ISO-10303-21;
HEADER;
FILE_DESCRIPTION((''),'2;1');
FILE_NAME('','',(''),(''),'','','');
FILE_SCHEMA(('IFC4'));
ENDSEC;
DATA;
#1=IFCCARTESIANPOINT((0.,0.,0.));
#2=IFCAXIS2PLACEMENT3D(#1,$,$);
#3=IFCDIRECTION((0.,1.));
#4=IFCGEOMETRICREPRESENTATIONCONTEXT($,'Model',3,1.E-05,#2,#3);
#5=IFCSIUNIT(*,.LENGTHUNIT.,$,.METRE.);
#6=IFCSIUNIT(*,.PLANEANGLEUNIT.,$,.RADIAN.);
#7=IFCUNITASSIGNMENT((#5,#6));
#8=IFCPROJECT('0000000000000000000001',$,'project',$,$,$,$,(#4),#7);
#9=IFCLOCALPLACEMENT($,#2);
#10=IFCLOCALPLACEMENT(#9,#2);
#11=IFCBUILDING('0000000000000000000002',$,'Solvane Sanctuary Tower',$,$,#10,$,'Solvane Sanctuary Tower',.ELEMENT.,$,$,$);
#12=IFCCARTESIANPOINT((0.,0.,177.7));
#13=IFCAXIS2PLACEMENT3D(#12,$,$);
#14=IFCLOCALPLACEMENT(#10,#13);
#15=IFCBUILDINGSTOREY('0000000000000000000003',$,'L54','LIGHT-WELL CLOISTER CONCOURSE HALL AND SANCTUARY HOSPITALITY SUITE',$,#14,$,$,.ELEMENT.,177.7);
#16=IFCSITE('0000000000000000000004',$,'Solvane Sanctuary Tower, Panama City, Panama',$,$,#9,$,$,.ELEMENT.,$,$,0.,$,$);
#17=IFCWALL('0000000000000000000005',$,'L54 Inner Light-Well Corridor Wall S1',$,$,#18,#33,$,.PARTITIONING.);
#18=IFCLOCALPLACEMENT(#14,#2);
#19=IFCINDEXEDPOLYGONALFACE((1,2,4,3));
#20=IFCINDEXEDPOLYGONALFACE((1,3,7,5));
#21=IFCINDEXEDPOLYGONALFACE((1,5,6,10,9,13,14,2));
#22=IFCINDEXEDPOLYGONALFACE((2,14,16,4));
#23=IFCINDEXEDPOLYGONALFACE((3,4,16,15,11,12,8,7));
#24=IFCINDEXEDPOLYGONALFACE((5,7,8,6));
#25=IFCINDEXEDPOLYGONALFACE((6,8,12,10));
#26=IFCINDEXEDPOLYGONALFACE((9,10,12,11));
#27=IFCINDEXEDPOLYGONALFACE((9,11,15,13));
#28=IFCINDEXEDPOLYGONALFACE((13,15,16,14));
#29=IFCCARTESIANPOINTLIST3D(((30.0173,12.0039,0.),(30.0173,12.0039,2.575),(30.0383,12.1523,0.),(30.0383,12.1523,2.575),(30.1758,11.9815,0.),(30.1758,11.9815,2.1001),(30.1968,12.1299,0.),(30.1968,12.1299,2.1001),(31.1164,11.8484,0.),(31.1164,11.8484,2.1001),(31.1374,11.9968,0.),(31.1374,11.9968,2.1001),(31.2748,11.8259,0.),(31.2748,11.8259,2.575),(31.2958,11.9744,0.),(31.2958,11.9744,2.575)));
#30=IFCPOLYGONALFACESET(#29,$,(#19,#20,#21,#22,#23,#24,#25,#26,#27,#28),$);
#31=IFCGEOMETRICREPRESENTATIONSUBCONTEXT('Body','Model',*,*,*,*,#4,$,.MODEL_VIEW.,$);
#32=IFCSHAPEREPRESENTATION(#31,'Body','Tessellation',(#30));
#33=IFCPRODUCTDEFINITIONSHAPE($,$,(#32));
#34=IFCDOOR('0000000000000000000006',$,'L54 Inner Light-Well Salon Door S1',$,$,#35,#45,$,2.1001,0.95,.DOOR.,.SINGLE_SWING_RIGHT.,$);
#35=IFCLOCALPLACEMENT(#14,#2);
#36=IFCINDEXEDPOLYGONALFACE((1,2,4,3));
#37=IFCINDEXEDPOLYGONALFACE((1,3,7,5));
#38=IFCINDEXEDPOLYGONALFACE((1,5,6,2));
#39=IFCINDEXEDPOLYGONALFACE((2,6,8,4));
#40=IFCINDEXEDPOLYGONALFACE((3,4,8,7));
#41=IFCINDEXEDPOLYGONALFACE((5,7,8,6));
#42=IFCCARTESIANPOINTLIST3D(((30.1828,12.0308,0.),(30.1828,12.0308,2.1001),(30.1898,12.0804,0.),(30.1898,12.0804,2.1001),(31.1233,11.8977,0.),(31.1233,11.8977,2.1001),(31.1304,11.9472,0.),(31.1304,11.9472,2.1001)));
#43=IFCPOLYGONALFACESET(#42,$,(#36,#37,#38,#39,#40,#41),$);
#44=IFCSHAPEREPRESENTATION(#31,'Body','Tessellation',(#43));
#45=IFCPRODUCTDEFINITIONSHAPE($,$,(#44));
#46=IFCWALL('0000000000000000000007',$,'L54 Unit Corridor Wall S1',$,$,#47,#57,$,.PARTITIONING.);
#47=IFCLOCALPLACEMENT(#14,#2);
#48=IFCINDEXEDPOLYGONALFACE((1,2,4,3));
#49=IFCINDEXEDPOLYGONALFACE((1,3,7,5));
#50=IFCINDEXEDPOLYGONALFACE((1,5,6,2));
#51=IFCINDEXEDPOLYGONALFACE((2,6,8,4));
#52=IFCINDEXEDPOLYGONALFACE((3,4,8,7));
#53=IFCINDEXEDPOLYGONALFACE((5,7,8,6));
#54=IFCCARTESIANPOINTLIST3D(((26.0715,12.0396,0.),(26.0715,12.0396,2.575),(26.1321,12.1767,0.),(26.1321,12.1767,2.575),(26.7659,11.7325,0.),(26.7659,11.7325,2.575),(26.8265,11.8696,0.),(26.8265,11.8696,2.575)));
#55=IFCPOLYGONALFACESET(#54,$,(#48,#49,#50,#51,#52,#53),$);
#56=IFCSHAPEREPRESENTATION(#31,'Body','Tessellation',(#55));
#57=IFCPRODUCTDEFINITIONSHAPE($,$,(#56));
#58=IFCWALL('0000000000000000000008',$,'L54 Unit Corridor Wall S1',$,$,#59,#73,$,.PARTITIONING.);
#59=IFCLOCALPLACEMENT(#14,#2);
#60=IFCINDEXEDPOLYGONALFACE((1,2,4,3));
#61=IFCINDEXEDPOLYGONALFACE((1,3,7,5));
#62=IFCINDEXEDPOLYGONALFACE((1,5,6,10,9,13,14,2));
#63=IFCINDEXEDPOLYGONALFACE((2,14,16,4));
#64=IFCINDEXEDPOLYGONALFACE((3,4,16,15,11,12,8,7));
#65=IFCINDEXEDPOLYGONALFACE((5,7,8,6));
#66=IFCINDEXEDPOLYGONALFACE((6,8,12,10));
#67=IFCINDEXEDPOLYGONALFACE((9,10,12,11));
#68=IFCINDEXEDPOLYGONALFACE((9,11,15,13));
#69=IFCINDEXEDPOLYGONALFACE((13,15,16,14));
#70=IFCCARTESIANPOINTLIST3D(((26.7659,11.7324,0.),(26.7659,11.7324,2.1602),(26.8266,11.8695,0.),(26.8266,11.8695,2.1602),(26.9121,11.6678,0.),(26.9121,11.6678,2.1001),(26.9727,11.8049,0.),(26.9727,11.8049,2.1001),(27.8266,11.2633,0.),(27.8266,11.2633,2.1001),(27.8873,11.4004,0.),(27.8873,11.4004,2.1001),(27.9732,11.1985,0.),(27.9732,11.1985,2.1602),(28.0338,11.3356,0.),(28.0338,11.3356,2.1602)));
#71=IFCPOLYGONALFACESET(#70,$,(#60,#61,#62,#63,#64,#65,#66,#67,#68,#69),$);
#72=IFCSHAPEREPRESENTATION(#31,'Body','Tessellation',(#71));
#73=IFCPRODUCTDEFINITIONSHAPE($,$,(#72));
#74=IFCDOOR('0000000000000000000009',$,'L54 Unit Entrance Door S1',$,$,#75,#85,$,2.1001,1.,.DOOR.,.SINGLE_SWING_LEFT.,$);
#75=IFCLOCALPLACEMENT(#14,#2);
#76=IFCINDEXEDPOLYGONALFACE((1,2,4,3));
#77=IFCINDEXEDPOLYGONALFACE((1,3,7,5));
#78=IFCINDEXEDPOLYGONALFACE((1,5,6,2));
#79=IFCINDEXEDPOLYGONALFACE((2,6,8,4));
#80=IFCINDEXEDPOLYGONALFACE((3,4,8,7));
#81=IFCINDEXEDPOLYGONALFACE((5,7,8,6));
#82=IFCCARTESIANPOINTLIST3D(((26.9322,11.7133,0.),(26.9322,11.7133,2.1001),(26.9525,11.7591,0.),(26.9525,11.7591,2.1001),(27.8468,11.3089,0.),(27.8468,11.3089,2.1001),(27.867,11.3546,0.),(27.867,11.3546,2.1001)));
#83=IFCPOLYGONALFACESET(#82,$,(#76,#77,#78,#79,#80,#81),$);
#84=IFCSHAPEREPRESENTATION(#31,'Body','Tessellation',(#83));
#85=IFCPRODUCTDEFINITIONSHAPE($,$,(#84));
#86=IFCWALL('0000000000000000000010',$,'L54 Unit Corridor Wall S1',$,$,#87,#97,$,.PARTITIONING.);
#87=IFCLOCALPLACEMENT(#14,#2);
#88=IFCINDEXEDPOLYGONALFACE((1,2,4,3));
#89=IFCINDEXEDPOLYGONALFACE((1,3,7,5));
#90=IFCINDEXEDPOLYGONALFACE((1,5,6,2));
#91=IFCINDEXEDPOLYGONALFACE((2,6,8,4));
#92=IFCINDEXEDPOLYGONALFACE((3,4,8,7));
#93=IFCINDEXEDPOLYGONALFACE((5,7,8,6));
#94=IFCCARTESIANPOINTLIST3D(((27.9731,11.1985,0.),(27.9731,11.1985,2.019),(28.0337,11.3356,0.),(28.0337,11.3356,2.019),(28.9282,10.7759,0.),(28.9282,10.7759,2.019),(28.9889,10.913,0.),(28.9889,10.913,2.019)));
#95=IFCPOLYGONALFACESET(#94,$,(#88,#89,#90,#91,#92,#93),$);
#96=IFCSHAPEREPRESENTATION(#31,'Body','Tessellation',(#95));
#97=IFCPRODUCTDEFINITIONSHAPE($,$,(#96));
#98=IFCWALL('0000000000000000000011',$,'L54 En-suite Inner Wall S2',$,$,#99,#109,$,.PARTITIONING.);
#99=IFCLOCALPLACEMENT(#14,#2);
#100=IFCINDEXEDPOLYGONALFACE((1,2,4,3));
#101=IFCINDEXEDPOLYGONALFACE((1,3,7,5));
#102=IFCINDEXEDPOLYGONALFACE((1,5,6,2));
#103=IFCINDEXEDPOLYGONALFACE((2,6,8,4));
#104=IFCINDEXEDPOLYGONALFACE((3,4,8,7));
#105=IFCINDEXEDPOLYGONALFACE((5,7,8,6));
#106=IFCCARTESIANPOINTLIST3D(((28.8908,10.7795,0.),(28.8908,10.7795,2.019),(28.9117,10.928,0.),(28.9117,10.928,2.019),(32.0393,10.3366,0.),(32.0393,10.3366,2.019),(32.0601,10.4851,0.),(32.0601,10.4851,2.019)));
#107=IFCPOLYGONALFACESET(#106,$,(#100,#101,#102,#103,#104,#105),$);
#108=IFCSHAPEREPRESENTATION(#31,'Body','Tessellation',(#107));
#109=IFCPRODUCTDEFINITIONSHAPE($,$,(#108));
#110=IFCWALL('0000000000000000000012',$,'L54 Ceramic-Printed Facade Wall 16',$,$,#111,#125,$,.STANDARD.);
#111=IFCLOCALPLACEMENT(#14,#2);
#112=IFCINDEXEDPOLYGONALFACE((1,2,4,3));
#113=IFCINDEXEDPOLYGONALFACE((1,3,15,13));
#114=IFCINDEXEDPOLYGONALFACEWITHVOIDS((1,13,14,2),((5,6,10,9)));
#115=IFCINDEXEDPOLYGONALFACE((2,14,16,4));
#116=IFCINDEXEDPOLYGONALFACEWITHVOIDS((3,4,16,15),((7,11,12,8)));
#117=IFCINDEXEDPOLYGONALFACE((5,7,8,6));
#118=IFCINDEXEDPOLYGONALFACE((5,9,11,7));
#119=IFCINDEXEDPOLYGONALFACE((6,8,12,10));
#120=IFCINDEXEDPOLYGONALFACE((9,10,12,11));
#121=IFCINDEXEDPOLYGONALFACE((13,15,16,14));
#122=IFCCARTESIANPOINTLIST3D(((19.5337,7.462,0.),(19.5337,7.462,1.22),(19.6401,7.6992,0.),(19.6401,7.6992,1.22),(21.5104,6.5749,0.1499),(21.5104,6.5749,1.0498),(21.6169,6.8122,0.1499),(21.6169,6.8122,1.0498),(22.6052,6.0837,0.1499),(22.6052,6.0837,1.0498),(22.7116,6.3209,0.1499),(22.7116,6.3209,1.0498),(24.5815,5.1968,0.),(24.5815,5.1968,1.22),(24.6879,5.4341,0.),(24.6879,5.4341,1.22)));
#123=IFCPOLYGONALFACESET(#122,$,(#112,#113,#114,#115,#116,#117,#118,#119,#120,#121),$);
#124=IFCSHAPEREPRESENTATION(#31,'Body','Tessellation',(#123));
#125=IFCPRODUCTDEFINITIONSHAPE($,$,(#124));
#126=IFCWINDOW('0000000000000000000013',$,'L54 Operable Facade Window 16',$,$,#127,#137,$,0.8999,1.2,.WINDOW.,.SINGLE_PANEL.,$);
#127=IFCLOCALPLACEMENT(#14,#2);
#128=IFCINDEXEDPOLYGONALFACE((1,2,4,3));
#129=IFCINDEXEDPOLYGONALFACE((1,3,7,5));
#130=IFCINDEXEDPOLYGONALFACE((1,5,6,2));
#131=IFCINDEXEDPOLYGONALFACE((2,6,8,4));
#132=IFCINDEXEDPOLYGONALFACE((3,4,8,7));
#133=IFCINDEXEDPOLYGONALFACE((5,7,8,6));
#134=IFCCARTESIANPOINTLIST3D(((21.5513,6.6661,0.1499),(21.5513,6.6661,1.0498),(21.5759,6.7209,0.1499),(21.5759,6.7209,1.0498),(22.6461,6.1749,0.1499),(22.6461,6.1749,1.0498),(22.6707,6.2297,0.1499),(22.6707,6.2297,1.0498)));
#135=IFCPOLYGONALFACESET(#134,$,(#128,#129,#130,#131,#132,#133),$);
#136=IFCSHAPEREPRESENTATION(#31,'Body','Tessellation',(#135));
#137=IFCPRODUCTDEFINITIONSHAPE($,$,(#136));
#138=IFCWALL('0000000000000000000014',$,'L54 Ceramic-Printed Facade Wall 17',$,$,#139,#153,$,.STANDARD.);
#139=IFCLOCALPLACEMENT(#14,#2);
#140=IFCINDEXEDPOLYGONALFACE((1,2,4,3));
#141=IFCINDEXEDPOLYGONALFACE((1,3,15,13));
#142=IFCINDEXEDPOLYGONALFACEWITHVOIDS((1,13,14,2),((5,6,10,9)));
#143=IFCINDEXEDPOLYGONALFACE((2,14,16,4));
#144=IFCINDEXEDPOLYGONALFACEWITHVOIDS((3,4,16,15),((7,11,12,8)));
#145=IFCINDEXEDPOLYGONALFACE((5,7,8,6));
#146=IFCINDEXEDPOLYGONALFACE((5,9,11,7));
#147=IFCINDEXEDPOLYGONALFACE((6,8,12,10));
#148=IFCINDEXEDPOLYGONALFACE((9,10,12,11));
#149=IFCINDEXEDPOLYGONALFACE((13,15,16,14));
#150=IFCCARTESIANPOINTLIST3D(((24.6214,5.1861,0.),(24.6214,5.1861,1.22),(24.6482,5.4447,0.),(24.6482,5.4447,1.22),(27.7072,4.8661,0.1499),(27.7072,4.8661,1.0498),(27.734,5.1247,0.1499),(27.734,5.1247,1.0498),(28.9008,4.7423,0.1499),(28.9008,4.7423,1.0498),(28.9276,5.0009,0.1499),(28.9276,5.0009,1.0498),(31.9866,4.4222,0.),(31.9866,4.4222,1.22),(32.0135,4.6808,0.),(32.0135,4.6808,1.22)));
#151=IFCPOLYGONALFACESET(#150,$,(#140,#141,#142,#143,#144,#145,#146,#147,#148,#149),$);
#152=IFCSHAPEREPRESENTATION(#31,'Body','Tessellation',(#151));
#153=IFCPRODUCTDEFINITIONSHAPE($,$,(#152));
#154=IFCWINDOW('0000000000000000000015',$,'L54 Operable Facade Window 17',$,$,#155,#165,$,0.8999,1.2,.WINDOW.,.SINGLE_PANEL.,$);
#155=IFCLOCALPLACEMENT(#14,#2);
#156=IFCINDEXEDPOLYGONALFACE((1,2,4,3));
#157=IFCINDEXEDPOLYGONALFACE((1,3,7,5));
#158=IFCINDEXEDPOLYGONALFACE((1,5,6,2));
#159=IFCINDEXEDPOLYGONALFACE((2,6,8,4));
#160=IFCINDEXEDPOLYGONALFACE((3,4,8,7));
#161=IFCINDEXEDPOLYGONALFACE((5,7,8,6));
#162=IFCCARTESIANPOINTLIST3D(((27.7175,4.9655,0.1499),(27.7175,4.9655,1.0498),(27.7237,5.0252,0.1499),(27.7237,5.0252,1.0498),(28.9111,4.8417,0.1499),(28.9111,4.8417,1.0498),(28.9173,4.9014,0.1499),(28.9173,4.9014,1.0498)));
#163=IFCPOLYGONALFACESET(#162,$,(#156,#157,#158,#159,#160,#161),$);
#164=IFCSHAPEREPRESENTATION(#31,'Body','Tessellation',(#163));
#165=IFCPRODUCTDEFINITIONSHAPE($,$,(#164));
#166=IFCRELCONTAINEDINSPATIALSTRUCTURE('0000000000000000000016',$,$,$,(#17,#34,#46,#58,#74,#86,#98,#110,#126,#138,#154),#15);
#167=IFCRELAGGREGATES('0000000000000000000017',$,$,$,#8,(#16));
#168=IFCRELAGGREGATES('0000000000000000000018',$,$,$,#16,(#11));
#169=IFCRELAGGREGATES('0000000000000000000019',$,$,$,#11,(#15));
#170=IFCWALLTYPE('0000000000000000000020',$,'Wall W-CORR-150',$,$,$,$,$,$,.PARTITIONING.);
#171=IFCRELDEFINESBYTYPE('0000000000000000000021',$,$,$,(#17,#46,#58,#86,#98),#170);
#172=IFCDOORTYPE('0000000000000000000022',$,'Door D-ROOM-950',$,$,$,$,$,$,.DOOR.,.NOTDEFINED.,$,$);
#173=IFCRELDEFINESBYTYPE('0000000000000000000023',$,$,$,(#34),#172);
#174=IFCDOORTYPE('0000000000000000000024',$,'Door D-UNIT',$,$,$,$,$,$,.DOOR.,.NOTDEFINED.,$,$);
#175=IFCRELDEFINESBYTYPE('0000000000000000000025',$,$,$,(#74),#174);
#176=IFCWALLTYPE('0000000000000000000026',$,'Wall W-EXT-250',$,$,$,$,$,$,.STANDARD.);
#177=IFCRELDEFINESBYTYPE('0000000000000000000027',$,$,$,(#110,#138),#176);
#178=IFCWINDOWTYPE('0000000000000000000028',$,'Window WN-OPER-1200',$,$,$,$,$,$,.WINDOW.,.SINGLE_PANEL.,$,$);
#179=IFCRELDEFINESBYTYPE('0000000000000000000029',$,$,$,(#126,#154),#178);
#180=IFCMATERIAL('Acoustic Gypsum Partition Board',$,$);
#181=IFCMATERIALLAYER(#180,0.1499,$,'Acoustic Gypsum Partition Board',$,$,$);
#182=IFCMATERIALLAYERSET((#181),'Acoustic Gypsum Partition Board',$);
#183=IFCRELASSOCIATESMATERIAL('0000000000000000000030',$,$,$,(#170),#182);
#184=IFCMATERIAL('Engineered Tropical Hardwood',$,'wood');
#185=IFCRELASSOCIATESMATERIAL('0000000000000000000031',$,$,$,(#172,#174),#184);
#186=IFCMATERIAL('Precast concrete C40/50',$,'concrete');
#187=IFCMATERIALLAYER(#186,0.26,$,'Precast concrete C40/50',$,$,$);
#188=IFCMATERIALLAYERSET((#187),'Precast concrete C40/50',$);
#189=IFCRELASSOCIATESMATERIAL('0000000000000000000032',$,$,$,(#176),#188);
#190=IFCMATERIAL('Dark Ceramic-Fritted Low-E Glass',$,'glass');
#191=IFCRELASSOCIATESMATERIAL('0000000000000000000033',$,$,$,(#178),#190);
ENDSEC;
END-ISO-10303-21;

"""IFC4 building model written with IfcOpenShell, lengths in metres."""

from ifc_helpers import new_model, si_unit, direction, frame, frame_2d, origin, place, context, subcontext, project, spatial, rectangle, extrude, material, layer, layer_set, type_object, element, fill, save


model = new_model("IFC4")

# Units and contexts
model_context = context("Model", 3, precision=1e-05, world=origin(), true_north=direction((0.0, 1.0)))
body_context = subcontext(model_context, "Body", "Model", "MODEL_VIEW")
ifc_project = project(units=[si_unit("LENGTHUNIT", "METRE"), si_unit("PLANEANGLEUNIT", "RADIAN")], contexts=[model_context])

# Site, building, storey
site_placement = place(None, origin())
site = spatial("IfcSite", under=ifc_project, at=site_placement, Name="Solvane Sanctuary Tower, Panama City, Panama", CompositionType="ELEMENT", RefElevation=0.0)
building_placement = place(site_placement, origin())
building = spatial("IfcBuilding", under=site, at=building_placement, Name="Solvane Sanctuary Tower", LongName="Solvane Sanctuary Tower", CompositionType="ELEMENT")
storey_placement = place(building_placement, frame((0.0, 0.0, 177.7)))
storey = spatial("IfcBuildingStorey", under=building, at=storey_placement, Name="L54", Description="LIGHT-WELL CLOISTER CONCOURSE HALL AND SANCTUARY HOSPITALITY SUITE", CompositionType="ELEMENT", Elevation=177.7)

# Shared definitions
ifc_material_1 = material(Name="Acoustic Gypsum Partition Board")
ifc_layer_1 = layer(ifc_material_1, 0.1499, Name="Acoustic Gypsum Partition Board")
ifc_layer_set_1 = layer_set([ifc_layer_1], Name="Acoustic Gypsum Partition Board")
wall_type_1 = type_object("IfcWallType", Name="Wall W-CORR-150", PredefinedType="PARTITIONING", material=ifc_layer_set_1)

# Wall, opening, door
wall_1_placement = place(storey_placement, frame((30.0278, 12.0781, 0.0), z_axis=(0.0, 0.0, 1.0), x_axis=(0.990133, -0.14013, 0.0)))
wall_1 = element("IfcWall", 1, at=wall_1_placement, inside=storey, type_object=wall_type_1, Name="L54 Inner Light-Well Corridor Wall S1", PredefinedType="PARTITIONING", context=body_context, shape_type="SweptSolid", body=[
    extrude(rectangle(XDim=1.27, YDim=0.1499, at=frame_2d((0.635, 0.0))), origin(), (0.0, 0.0, 1.0), 2.575),
])
opening_1_placement = place(wall_1_placement, frame((0.1599, 0.0, 0.0)))
opening_1 = element("IfcOpeningElement", 2, at=opening_1_placement, cuts=wall_1, PredefinedType="OPENING", context=body_context, shape_type="SweptSolid", body=[
    extrude(rectangle(XDim=0.95, YDim=2.1001, at=frame_2d((0.4751, 1.05))), frame((0.0, 0.085, 0.0), z_axis=(0.0, -1.0, 0.0), x_axis=(1.0, 0.0, 0.0)), (0.0, 0.0, 1.0), 0.1699),
])
ifc_material_2 = material(Name="Engineered Tropical Hardwood", Category="wood")
door_type_1 = type_object("IfcDoorType", Name="Door D-ROOM-950", OperationType="NOTDEFINED", PredefinedType="DOOR", material=ifc_material_2)
door_1_placement = place(opening_1_placement, origin())
door_1 = element("IfcDoor", 3, at=door_1_placement, inside=storey, type_object=door_type_1, Name="L54 Inner Light-Well Salon Door S1", OperationType="SINGLE_SWING_RIGHT", OverallHeight=2.1001, OverallWidth=0.95, PredefinedType="DOOR", context=body_context, shape_type="SweptSolid", body=[
    extrude(rectangle(XDim=0.95, YDim=2.1001, at=frame_2d((0.4751, 1.05))), frame((0.0, 0.0249, 0.0), z_axis=(0.0, -1.0, 0.0), x_axis=(1.0, 0.0, 0.0)), (0.0, 0.0, 1.0), 0.05),
])
fill(opening_1, door_1)

# Wall
wall_2_placement = place(storey_placement, frame((26.1018, 12.1082, 0.0), z_axis=(0.0, 0.0, 1.0), x_axis=(0.914526, -0.404527, 0.0)))
element("IfcWall", 4, at=wall_2_placement, inside=storey, type_object=wall_type_1, Name="L54 Unit Corridor Wall S1", PredefinedType="PARTITIONING", context=body_context, shape_type="SweptSolid", body=[
    extrude(rectangle(XDim=0.7593, YDim=0.1499, at=frame_2d((0.3796, 0.0))), origin(), (0.0, 0.0, 1.0), 2.575),
])

# Wall, opening, door
wall_3_placement = place(storey_placement, frame((26.7961, 11.801, 0.0), z_axis=(0.0, 0.0, 1.0), x_axis=(0.91455, -0.404473, 0.0)))
wall_3 = element("IfcWall", 5, at=wall_3_placement, inside=storey, type_object=wall_type_1, Name="L54 Unit Corridor Wall S1", PredefinedType="PARTITIONING", context=body_context, shape_type="SweptSolid", body=[
    extrude(rectangle(XDim=1.3201, YDim=0.1499, at=frame_2d((0.6602, 0.0))), origin(), (0.0, 0.0, 1.0), 2.1602),
])
opening_2_placement = place(wall_3_placement, frame((0.1599, 0.0, 0.0)))
opening_2 = element("IfcOpeningElement", 6, at=opening_2_placement, cuts=wall_3, PredefinedType="OPENING", context=body_context, shape_type="SweptSolid", body=[
    extrude(rectangle(XDim=1.0, YDim=2.1001, at=frame_2d((0.5, 1.05))), frame((0.0, 0.085, 0.0), z_axis=(0.0, -1.0, 0.0), x_axis=(1.0, 0.0, 0.0)), (0.0, 0.0, 1.0), 0.1699),
])
door_type_2 = type_object("IfcDoorType", Name="Door D-UNIT", OperationType="NOTDEFINED", PredefinedType="DOOR", material=ifc_material_2)
door_2_placement = place(opening_2_placement, origin())
door_2 = element("IfcDoor", 7, at=door_2_placement, inside=storey, type_object=door_type_2, Name="L54 Unit Entrance Door S1", OperationType="SINGLE_SWING_LEFT", OverallHeight=2.1001, OverallWidth=1.0, PredefinedType="DOOR", context=body_context, shape_type="SweptSolid", body=[
    extrude(rectangle(XDim=1.0, YDim=2.1001, at=frame_2d((0.5, 1.05))), frame((0.0, 0.0249, 0.0), z_axis=(0.0, -1.0, 0.0), x_axis=(1.0, 0.0, 0.0)), (0.0, 0.0, 1.0), 0.05),
])
fill(opening_2, door_2)

# Walls
wall_4_placement = place(storey_placement, frame((28.0034, 11.2671, 0.0), z_axis=(0.0, 0.0, 1.0), x_axis=(0.914475, -0.404641, 0.0)))
element("IfcWall", 8, at=wall_4_placement, inside=storey, type_object=wall_type_1, Name="L54 Unit Corridor Wall S1", PredefinedType="PARTITIONING", context=body_context, shape_type="SweptSolid", body=[
    extrude(rectangle(XDim=1.0444, YDim=0.1499, at=frame_2d((0.5222, 0.0))), origin(), (0.0, 0.0, 1.0), 2.019),
])
wall_5_placement = place(storey_placement, frame((28.9011, 10.8538, 0.0), z_axis=(0.0, 0.0, 1.0), x_axis=(0.990251, -0.139292, 0.0)))
element("IfcWall", 9, at=wall_5_placement, inside=storey, type_object=wall_type_1, Name="L54 En-suite Inner Wall S2", PredefinedType="PARTITIONING", context=body_context, shape_type="SweptSolid", body=[
    extrude(rectangle(XDim=3.1794, YDim=0.1499, at=frame_2d((1.5898, 0.0))), origin(), (0.0, 0.0, 1.0), 2.019),
])

# Walls, openings, windows
ifc_material_3 = material(Name="Precast concrete C40/50", Category="concrete")
ifc_layer_2 = layer(ifc_material_3, 0.26, Name="Precast concrete C40/50")
ifc_layer_set_2 = layer_set([ifc_layer_2], Name="Precast concrete C40/50")
wall_type_2 = type_object("IfcWallType", Name="Wall W-EXT-250", PredefinedType="STANDARD", material=ifc_layer_set_2)
wall_6_placement = place(storey_placement, frame((19.5869, 7.5806, 0.0), z_axis=(0.0, 0.0, 1.0), x_axis=(0.912354, -0.409403, 0.0)))
wall_6 = element("IfcWall", 10, at=wall_6_placement, inside=storey, type_object=wall_type_2, Name="L54 Ceramic-Printed Facade Wall 16", PredefinedType="STANDARD", context=body_context, shape_type="SweptSolid", body=[
    extrude(rectangle(XDim=5.5327, YDim=0.26, at=frame_2d((2.7664, 0.0))), origin(), (0.0, 0.0, 1.0), 1.22),
])
opening_3_placement = place(wall_6_placement, frame((2.1665, 0.0, 0.1499)))
opening_3 = element("IfcOpeningElement", 11, at=opening_3_placement, cuts=wall_6, PredefinedType="OPENING", context=body_context, shape_type="SweptSolid", body=[
    extrude(rectangle(XDim=1.2, YDim=0.8999, at=frame_2d((0.6001, 0.45))), frame((0.0, 0.1399, 0.0), z_axis=(0.0, -1.0, 0.0), x_axis=(1.0, 0.0, 0.0)), (0.0, 0.0, 1.0), 0.28),
])
ifc_material_4 = material(Name="Dark Ceramic-Fritted Low-E Glass", Category="glass")
window_type = type_object("IfcWindowType", Name="Window WN-OPER-1200", PartitioningType="SINGLE_PANEL", PredefinedType="WINDOW", material=ifc_material_4)
window_1_placement = place(opening_3_placement, origin())
window_1 = element("IfcWindow", 12, at=window_1_placement, inside=storey, type_object=window_type, Name="L54 Operable Facade Window 16", OverallHeight=0.8999, OverallWidth=1.2, PartitioningType="SINGLE_PANEL", PredefinedType="WINDOW", context=body_context, shape_type="SweptSolid", body=[
    extrude(rectangle(XDim=1.2, YDim=0.8999, at=frame_2d((0.6001, 0.45))), frame((0.0, 0.03, 0.0), z_axis=(0.0, -1.0, 0.0), x_axis=(1.0, 0.0, 0.0)), (0.0, 0.0, 1.0), 0.0601),
])
fill(opening_3, window_1)
wall_7_placement = place(storey_placement, frame((24.6348, 5.3154, 0.0), z_axis=(0.0, 0.0, 1.0), x_axis=(0.994664, -0.103166, 0.0)))
wall_7 = element("IfcWall", 13, at=wall_7_placement, inside=storey, type_object=wall_type_2, Name="L54 Ceramic-Printed Facade Wall 17", PredefinedType="STANDARD", context=body_context, shape_type="SweptSolid", body=[
    extrude(rectangle(XDim=7.4048, YDim=0.26, at=frame_2d((3.7024, 0.0))), origin(), (0.0, 0.0, 1.0), 1.22),
])
opening_4_placement = place(wall_7_placement, frame((3.1023, 0.0, 0.1499)))
opening_4 = element("IfcOpeningElement", 14, at=opening_4_placement, cuts=wall_7, PredefinedType="OPENING", context=body_context, shape_type="SweptSolid", body=[
    extrude(rectangle(XDim=1.2, YDim=0.8999, at=frame_2d((0.6001, 0.45))), frame((0.0, 0.1399, 0.0), z_axis=(0.0, -1.0, 0.0), x_axis=(1.0, 0.0, 0.0)), (0.0, 0.0, 1.0), 0.28),
])
window_2_placement = place(opening_4_placement, origin())
window_2 = element("IfcWindow", 15, at=window_2_placement, inside=storey, type_object=window_type, Name="L54 Operable Facade Window 17", OverallHeight=0.8999, OverallWidth=1.2, PartitioningType="SINGLE_PANEL", PredefinedType="WINDOW", context=body_context, shape_type="SweptSolid", body=[
    extrude(rectangle(XDim=1.2, YDim=0.8999, at=frame_2d((0.6001, 0.45))), frame((0.0, 0.03, 0.0), z_axis=(0.0, -1.0, 0.0), x_axis=(1.0, 0.0, 0.0)), (0.0, 0.0, 1.0), 0.0601),
])
fill(opening_4, window_2)

save(model, "model.ifc")
